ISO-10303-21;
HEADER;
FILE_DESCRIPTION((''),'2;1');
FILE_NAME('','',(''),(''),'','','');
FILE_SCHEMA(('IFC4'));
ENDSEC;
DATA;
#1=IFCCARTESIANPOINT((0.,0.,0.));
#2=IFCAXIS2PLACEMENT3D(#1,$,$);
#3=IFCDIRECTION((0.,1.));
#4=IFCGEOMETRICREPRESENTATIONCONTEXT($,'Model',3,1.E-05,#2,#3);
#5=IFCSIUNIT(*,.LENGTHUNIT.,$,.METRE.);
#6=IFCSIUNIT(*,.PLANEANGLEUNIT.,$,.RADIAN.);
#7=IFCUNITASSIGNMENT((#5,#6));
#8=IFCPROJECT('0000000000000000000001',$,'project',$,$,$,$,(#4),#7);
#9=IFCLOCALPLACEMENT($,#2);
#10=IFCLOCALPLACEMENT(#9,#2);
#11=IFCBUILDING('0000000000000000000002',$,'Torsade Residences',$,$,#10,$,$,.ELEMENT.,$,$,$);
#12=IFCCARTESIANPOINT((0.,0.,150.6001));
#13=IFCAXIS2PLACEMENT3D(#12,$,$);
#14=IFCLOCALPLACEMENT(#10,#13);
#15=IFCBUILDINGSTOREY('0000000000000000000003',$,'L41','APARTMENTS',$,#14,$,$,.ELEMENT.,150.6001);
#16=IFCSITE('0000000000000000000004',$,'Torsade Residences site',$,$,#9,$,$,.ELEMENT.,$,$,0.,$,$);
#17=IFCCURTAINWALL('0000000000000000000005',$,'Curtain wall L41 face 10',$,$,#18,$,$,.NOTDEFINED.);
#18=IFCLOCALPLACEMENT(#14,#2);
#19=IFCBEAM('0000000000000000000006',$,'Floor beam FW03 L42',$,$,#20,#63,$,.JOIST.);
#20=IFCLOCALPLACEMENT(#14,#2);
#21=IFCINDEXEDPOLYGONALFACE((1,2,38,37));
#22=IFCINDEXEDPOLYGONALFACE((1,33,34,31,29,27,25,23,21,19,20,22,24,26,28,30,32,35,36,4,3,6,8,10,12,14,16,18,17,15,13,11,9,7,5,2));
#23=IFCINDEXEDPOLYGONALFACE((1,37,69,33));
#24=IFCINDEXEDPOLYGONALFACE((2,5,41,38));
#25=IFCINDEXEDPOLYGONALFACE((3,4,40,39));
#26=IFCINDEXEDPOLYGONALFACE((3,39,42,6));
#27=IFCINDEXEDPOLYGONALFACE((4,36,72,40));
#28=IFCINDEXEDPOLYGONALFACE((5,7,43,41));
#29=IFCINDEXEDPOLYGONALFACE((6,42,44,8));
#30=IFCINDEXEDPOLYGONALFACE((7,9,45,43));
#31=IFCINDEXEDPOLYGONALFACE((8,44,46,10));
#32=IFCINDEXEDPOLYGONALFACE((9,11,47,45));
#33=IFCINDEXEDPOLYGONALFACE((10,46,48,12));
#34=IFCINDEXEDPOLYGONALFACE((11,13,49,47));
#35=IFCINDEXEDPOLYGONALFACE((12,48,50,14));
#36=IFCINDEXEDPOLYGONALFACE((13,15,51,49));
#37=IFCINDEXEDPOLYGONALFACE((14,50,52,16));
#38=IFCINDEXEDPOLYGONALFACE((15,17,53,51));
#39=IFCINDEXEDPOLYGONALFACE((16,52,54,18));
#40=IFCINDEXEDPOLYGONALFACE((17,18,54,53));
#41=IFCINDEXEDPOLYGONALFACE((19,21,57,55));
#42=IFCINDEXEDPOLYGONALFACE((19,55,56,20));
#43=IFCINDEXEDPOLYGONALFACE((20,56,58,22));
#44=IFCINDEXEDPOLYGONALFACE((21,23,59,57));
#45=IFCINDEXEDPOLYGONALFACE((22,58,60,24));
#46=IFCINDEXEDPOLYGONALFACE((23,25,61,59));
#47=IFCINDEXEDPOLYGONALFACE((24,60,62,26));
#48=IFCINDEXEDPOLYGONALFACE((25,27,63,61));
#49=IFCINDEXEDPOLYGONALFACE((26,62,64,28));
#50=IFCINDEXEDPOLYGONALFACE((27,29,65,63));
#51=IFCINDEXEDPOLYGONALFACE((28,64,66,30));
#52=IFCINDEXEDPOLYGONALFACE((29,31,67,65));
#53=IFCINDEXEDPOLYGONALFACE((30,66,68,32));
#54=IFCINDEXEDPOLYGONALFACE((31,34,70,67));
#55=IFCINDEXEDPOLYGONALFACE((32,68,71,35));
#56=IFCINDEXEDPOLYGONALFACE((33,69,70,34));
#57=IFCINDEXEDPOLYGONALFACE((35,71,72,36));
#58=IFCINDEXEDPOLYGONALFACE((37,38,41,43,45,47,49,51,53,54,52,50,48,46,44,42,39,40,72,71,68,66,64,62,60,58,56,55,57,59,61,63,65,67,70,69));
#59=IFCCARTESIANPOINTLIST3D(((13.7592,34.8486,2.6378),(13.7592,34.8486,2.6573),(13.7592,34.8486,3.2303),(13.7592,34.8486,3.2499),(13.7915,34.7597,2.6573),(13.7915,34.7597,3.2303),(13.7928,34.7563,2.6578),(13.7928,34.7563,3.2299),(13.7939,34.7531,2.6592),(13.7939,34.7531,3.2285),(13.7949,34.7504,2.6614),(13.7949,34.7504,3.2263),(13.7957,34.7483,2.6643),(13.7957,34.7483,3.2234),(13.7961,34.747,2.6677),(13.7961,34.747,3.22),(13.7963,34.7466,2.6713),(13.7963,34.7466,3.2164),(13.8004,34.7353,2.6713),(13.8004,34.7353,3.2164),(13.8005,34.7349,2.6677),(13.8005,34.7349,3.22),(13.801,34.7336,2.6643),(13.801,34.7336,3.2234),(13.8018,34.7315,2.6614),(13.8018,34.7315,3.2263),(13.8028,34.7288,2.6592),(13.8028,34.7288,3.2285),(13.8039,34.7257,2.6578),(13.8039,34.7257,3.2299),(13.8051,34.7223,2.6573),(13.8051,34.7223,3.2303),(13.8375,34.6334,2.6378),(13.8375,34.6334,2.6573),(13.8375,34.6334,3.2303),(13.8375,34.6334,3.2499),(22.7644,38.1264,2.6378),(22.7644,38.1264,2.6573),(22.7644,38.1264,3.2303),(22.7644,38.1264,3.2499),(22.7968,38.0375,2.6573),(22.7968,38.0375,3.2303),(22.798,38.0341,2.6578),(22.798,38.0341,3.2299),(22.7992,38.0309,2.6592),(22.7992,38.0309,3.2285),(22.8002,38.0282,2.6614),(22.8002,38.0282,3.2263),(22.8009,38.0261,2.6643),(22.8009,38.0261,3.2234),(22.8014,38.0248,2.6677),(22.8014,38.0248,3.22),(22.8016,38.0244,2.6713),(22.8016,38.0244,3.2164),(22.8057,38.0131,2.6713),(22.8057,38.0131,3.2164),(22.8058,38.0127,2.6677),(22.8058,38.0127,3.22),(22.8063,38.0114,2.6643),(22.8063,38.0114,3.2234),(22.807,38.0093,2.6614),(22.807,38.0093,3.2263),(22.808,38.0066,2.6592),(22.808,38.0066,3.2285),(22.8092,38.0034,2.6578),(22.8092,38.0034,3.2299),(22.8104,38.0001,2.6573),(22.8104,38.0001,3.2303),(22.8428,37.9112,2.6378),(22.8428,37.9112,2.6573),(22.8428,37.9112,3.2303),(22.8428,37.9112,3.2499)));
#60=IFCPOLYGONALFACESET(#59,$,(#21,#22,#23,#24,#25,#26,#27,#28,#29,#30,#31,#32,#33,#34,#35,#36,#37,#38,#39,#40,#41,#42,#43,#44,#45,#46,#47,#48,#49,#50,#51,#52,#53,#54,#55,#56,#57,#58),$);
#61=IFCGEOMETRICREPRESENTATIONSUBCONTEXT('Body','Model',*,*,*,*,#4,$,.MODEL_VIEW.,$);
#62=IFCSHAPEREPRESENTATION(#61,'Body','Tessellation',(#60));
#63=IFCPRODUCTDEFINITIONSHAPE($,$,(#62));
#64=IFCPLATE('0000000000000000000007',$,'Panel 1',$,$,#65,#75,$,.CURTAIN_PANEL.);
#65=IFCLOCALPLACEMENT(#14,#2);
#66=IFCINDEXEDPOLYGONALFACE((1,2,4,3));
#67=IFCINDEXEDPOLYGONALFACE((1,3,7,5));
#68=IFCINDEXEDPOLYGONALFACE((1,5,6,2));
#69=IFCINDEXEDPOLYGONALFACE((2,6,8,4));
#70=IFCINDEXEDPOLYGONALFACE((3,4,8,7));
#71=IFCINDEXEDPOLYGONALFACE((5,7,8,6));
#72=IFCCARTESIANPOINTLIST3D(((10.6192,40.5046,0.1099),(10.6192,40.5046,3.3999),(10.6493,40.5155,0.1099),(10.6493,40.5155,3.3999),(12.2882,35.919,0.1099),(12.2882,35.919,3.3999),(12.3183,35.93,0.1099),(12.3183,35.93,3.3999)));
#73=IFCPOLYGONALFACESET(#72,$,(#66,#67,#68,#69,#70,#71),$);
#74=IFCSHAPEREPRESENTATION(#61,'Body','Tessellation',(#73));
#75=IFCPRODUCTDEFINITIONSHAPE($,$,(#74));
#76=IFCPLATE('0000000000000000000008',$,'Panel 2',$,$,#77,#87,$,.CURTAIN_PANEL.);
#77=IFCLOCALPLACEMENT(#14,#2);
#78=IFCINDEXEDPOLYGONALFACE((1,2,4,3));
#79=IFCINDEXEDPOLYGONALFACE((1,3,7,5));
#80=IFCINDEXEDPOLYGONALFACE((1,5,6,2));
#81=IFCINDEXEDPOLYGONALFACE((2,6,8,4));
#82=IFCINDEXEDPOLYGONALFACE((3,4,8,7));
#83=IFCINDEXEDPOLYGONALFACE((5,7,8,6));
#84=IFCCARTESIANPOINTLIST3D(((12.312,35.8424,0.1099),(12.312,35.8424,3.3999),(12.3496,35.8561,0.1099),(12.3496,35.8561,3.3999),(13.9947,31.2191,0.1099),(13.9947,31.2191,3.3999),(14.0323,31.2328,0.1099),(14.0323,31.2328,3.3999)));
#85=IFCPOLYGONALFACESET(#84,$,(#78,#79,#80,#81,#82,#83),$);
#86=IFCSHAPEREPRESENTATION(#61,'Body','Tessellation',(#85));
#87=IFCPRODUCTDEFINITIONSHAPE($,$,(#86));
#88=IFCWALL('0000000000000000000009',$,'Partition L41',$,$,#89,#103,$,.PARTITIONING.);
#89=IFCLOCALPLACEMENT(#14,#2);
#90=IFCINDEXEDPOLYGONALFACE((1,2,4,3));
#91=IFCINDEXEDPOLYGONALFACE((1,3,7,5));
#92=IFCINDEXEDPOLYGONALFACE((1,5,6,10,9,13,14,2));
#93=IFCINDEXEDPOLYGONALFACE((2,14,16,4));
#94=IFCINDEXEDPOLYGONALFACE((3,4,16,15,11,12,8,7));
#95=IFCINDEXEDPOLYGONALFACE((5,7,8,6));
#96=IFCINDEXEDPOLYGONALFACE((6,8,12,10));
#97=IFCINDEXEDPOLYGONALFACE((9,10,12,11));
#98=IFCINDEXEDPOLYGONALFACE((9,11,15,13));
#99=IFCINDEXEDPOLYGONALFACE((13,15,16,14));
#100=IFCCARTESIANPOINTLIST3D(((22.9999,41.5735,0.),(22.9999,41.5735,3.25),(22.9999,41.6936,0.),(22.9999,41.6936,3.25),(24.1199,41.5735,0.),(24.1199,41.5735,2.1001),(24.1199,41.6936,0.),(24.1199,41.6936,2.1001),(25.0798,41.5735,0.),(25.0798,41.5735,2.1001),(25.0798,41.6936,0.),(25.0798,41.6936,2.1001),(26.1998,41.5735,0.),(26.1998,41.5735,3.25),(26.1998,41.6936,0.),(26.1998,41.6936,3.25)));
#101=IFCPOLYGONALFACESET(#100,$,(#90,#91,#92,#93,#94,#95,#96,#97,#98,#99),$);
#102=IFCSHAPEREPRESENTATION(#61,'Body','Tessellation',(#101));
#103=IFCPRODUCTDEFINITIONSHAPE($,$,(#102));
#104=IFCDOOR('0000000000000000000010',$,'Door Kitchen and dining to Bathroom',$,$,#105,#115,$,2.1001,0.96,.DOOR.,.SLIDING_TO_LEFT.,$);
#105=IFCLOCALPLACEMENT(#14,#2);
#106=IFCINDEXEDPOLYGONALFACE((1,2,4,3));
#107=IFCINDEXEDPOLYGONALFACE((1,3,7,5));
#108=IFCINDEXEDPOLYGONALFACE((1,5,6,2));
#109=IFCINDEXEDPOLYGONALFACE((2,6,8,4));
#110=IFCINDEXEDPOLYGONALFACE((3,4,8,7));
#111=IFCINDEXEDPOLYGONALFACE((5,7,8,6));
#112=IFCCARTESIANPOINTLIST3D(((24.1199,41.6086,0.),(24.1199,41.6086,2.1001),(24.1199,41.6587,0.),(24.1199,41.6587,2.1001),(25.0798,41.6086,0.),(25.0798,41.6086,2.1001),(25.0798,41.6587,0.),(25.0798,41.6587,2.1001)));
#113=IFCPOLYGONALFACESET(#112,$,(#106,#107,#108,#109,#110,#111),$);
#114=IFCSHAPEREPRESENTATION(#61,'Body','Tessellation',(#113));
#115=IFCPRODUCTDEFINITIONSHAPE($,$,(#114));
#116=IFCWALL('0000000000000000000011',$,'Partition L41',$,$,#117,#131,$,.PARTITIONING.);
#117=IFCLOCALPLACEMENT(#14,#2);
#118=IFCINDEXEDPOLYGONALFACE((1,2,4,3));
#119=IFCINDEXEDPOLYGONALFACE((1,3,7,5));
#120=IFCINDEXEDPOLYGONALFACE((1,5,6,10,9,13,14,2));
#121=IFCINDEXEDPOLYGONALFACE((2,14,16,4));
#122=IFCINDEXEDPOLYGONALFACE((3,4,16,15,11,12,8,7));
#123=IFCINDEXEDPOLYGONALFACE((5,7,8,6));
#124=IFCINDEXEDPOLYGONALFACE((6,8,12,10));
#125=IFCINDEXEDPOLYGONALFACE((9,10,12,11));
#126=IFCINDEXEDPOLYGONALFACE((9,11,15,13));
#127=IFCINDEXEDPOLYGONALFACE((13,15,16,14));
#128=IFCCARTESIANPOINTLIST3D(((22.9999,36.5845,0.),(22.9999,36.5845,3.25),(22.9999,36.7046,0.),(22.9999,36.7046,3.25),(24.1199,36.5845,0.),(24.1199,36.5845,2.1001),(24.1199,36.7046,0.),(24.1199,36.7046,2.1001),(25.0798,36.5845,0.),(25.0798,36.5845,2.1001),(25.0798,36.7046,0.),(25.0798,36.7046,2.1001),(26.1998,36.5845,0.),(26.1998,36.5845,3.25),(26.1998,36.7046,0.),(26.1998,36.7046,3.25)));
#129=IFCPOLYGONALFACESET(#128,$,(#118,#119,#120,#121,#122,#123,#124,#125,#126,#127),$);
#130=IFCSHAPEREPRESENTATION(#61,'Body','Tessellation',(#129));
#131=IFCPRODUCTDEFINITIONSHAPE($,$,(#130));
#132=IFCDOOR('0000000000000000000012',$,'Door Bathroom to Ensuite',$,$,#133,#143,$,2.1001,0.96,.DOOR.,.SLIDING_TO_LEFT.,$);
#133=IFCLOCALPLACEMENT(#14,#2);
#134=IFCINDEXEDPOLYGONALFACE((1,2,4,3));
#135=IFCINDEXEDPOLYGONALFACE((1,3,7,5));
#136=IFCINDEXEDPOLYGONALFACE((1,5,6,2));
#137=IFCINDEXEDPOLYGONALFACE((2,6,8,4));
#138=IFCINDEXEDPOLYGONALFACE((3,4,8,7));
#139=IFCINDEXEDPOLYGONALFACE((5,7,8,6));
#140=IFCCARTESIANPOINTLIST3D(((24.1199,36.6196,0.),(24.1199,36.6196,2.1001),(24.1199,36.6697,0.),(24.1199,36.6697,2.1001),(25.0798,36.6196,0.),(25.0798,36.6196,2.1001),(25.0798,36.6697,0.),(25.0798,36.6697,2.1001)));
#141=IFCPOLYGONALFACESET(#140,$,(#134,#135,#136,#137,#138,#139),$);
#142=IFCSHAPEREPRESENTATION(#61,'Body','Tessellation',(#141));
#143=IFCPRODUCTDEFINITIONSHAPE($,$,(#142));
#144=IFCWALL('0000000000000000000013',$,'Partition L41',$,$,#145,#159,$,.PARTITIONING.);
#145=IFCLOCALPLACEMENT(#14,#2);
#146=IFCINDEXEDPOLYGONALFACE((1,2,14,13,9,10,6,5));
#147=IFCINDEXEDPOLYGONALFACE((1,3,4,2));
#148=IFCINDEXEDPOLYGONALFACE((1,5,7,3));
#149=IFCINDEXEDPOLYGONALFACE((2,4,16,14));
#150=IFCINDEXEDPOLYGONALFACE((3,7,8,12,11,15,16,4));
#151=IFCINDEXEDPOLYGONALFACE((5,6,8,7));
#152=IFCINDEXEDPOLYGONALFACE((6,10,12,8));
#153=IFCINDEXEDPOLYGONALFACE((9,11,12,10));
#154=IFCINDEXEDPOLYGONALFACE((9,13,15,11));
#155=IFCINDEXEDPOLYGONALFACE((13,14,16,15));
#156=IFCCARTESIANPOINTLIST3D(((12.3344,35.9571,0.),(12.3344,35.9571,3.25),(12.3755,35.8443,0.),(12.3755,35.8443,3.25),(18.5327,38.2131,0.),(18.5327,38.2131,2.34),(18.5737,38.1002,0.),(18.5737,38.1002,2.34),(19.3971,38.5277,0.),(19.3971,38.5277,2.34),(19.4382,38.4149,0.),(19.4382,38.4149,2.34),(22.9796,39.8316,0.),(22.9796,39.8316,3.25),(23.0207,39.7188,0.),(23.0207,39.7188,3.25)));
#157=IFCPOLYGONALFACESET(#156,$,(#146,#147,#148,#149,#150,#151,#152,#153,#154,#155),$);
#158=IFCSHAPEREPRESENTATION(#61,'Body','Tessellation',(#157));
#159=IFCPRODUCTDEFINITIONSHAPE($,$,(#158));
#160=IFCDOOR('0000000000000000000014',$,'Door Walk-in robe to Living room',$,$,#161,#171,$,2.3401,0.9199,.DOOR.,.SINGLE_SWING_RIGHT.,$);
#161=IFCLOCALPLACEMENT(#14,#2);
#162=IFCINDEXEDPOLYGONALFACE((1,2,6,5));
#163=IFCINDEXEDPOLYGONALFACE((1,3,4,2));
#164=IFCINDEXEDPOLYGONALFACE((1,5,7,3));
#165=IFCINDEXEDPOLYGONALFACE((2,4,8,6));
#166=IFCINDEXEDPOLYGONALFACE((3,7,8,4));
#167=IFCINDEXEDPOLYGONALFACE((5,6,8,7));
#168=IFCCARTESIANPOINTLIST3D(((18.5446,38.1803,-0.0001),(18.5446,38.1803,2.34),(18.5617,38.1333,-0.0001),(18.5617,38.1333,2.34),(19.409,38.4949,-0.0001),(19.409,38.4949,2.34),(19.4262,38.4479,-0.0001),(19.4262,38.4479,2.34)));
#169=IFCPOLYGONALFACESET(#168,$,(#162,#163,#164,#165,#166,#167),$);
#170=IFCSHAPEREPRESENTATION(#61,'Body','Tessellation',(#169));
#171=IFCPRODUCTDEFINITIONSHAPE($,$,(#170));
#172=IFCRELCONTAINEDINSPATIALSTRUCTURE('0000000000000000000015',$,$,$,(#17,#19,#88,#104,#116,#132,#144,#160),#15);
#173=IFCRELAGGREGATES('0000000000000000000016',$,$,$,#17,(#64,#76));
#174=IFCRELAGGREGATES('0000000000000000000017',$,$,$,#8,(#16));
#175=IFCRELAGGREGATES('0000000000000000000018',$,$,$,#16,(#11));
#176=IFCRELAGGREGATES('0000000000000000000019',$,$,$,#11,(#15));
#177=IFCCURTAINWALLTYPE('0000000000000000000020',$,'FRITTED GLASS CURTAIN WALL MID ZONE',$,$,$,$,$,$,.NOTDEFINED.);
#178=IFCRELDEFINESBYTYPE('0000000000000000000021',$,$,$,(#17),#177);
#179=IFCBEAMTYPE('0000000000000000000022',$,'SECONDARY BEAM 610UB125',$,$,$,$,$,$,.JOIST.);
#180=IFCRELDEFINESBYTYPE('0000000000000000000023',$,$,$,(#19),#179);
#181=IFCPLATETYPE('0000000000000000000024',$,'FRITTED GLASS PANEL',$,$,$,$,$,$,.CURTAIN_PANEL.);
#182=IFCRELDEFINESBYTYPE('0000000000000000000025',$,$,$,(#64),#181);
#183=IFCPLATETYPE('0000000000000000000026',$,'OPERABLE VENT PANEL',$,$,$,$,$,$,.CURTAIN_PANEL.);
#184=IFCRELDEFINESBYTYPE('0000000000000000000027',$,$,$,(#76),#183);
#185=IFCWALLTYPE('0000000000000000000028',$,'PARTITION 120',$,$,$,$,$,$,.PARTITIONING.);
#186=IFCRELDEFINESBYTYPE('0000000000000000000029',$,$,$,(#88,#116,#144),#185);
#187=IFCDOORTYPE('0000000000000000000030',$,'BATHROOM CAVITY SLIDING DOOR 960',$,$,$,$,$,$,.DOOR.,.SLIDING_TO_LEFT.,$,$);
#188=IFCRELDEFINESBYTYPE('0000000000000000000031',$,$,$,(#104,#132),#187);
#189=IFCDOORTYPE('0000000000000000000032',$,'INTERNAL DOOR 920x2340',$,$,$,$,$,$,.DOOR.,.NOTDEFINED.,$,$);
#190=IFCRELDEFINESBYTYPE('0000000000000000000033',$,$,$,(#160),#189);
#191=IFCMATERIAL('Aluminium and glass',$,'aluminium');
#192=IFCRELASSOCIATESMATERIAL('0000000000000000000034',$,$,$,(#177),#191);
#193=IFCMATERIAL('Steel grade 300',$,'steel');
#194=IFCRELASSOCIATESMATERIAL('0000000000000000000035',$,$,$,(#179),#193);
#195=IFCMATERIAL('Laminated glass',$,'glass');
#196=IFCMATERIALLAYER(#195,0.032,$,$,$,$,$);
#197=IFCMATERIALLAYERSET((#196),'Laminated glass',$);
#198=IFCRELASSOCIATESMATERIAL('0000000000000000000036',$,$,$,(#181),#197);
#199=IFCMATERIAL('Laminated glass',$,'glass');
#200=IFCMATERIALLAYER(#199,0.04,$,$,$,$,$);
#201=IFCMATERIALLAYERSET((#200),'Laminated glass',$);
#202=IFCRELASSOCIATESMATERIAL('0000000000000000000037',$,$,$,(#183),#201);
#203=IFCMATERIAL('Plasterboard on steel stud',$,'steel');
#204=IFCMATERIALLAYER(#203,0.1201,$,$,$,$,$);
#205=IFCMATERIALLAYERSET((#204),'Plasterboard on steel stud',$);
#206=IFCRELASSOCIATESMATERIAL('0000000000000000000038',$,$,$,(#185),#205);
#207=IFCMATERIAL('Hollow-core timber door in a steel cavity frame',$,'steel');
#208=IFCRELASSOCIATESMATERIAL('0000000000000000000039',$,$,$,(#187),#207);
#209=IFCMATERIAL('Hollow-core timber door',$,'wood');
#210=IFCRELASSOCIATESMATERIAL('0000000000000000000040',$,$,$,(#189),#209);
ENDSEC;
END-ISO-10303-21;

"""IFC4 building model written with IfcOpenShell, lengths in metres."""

from ifc_helpers import new_model, si_unit, direction, frame, frame_2d, origin, origin_2d, place, context, subcontext, project, spatial, rectangle, i_section, extrude, material, layer, layer_set, material_profile, profile_set, type_object, element, fill, aggregate, save


model = new_model("IFC4")

# Units and contexts
model_context = context("Model", 3, precision=1e-05, world=origin(), true_north=direction((0.0, 1.0)))
body_context = subcontext(model_context, "Body", "Model", "MODEL_VIEW")
ifc_project = project(units=[si_unit("LENGTHUNIT", "METRE"), si_unit("PLANEANGLEUNIT", "RADIAN")], contexts=[model_context])

# Site, building, storey
site_placement = place(None, origin())
site = spatial("IfcSite", under=ifc_project, at=site_placement, Name="Torsade Residences site", CompositionType="ELEMENT", RefElevation=0.0)
building_placement = place(site_placement, origin())
building = spatial("IfcBuilding", under=site, at=building_placement, Name="Torsade Residences", CompositionType="ELEMENT")
storey_placement = place(building_placement, frame((0.0, 0.0, 150.6001)))
storey = spatial("IfcBuildingStorey", under=building, at=storey_placement, Name="L41", Description="APARTMENTS", CompositionType="ELEMENT", Elevation=150.6001)

# Curtain wall
ifc_material_1 = material(Name="Aluminium and glass", Category="aluminium")
curtain_wall_type = type_object("IfcCurtainWallType", Name="FRITTED GLASS CURTAIN WALL MID ZONE", PredefinedType="NOTDEFINED", material=ifc_material_1)
curtain_wall_placement = place(storey_placement, origin())
curtain_wall = element("IfcCurtainWall", 1, at=curtain_wall_placement, inside=storey, type_object=curtain_wall_type, Name="Curtain wall L41 face 10", PredefinedType="NOTDEFINED")

# Beam
ifc_material_2 = material(Name="Steel grade 300", Category="steel")
ifc_material_profile_1 = material_profile(ifc_material_2, i_section(OverallWidth=0.229, OverallDepth=0.6121, WebThickness=0.012, FlangeThickness=0.0195, FilletRadius=0.0139, at=origin_2d()), Name="610UB125")
ifc_profile_set_1 = profile_set([ifc_material_profile_1], Name="Steel grade 300")
beam_type_1 = type_object("IfcBeamType", Name="SECONDARY BEAM 610UB125", PredefinedType="JOIST", material=ifc_profile_set_1)
beam_1_placement = place(storey_placement, frame((13.7983, 34.741, 2.9438), z_axis=(0.939688, 0.342034, 0.0), x_axis=(-0.342034, 0.939688, 0.0)))
element("IfcBeam", 2, at=beam_1_placement, inside=storey, type_object=beam_type_1, Name="Floor beam FW03 L42", PredefinedType="JOIST", context=body_context, shape_type="SweptSolid", body=[
    extrude(i_section(OverallWidth=0.229, OverallDepth=0.6121, WebThickness=0.012, FlangeThickness=0.0195, FilletRadius=0.0139, at=origin_2d()), origin(), (0.0, 0.0, 1.0), 9.5833),
])

# Plates
ifc_material_3 = material(Name="Laminated glass", Category="glass")
ifc_layer_1 = layer(ifc_material_3, 0.032)
ifc_layer_set_1 = layer_set([ifc_layer_1], Name="Laminated glass")
plate_type_1 = type_object("IfcPlateType", Name="FRITTED GLASS PANEL", PredefinedType="CURTAIN_PANEL", material=ifc_layer_set_1)
plate_1_placement = place(storey_placement, frame((11.4688, 38.2173, 0.1099), z_axis=(0.0, 0.0, 1.0), x_axis=(0.34202, -0.939693, 0.0)))
plate_1 = element("IfcPlate", 3, at=plate_1_placement, type_object=plate_type_1, Name="Panel 1", PredefinedType="CURTAIN_PANEL", context=body_context, shape_type="SweptSolid", body=[
    extrude(rectangle(XDim=4.8799, YDim=0.032, at=origin_2d()), origin(), (0.0, 0.0, 1.0), 3.29),
])
ifc_material_4 = material(Name="Laminated glass", Category="glass")
ifc_layer_2 = layer(ifc_material_4, 0.04)
ifc_layer_set_2 = layer_set([ifc_layer_2], Name="Laminated glass")
plate_type_2 = type_object("IfcPlateType", Name="OPERABLE VENT PANEL", PredefinedType="CURTAIN_PANEL", material=ifc_layer_set_2)
plate_2_placement = place(storey_placement, frame((13.1721, 33.5376, 0.1099), z_axis=(0.0, 0.0, 1.0), x_axis=(0.34202, -0.939693, 0.0)))
plate_2 = element("IfcPlate", 4, at=plate_2_placement, type_object=plate_type_2, Name="Panel 2", PredefinedType="CURTAIN_PANEL", context=body_context, shape_type="SweptSolid", body=[
    extrude(rectangle(XDim=4.9199, YDim=0.04, at=origin_2d()), origin(), (0.0, 0.0, 1.0), 3.29),
])
aggregate(curtain_wall, [plate_1, plate_2])

# Walls, openings, doors
ifc_material_5 = material(Name="Plasterboard on steel stud", Category="steel")
ifc_layer_3 = layer(ifc_material_5, 0.1201)
ifc_layer_set_3 = layer_set([ifc_layer_3], Name="Plasterboard on steel stud")
wall_type_1 = type_object("IfcWallType", Name="PARTITION 120", PredefinedType="PARTITIONING", material=ifc_layer_set_3)
wall_1_placement = place(storey_placement, frame((26.2, 41.6335, 0.0), z_axis=(0.0, 0.0, 1.0), x_axis=(-1.0, 0.0, 0.0)))
wall_1 = element("IfcWall", 5, at=wall_1_placement, inside=storey, type_object=wall_type_1, Name="Partition L41", PredefinedType="PARTITIONING", context=body_context, shape_type="SweptSolid", body=[
    extrude(rectangle(XDim=3.2, YDim=0.1201, at=frame_2d((1.6001, 0.0))), origin(), (0.0, 0.0, 1.0), 3.25),
])
opening_1_placement = place(wall_1_placement, frame((1.1201, 0.0, 0.0)))
opening_1 = element("IfcOpeningElement", 6, at=opening_1_placement, cuts=wall_1, PredefinedType="OPENING", context=body_context, shape_type="SweptSolid", body=[
    extrude(rectangle(XDim=0.96, YDim=2.1001, at=frame_2d((0.48, 1.05))), frame((0.0, 0.0701, 0.0), z_axis=(0.0, -1.0, 0.0), x_axis=(1.0, 0.0, 0.0)), (0.0, 0.0, 1.0), 0.1401),
])
ifc_material_6 = material(Name="Hollow-core timber door in a steel cavity frame", Category="steel")
door_type_1 = type_object("IfcDoorType", Name="BATHROOM CAVITY SLIDING DOOR 960", OperationType="SLIDING_TO_LEFT", PredefinedType="DOOR", material=ifc_material_6)
door_1_placement = place(opening_1_placement, origin())
door_1 = element("IfcDoor", 7, at=door_1_placement, inside=storey, type_object=door_type_1, Name="Door Kitchen and dining to Bathroom", OperationType="SLIDING_TO_LEFT", OverallHeight=2.1001, OverallWidth=0.96, PredefinedType="DOOR", context=body_context, shape_type="SweptSolid", body=[
    extrude(rectangle(XDim=0.96, YDim=2.1001, at=frame_2d((0.48, 1.05))), frame((0.0, 0.0249, 0.0), z_axis=(0.0, -1.0, 0.0), x_axis=(1.0, 0.0, 0.0)), (0.0, 0.0, 1.0), 0.05),
])
fill(opening_1, door_1)
wall_2_placement = place(storey_placement, frame((26.2, 36.6445, 0.0), z_axis=(0.0, 0.0, 1.0), x_axis=(-1.0, 0.0, 0.0)))
wall_2 = element("IfcWall", 8, at=wall_2_placement, inside=storey, type_object=wall_type_1, Name="Partition L41", PredefinedType="PARTITIONING", context=body_context, shape_type="SweptSolid", body=[
    extrude(rectangle(XDim=3.2, YDim=0.1201, at=frame_2d((1.6001, 0.0))), origin(), (0.0, 0.0, 1.0), 3.25),
])
opening_2_placement = place(wall_2_placement, frame((1.1201, 0.0, 0.0)))
opening_2 = element("IfcOpeningElement", 9, at=opening_2_placement, cuts=wall_2, PredefinedType="OPENING", context=body_context, shape_type="SweptSolid", body=[
    extrude(rectangle(XDim=0.96, YDim=2.1001, at=frame_2d((0.48, 1.05))), frame((0.0, 0.0701, 0.0), z_axis=(0.0, -1.0, 0.0), x_axis=(1.0, 0.0, 0.0)), (0.0, 0.0, 1.0), 0.1401),
])
door_2_placement = place(opening_2_placement, origin())
door_2 = element("IfcDoor", 10, at=door_2_placement, inside=storey, type_object=door_type_1, Name="Door Bathroom to Ensuite", OperationType="SLIDING_TO_LEFT", OverallHeight=2.1001, OverallWidth=0.96, PredefinedType="DOOR", context=body_context, shape_type="SweptSolid", body=[
    extrude(rectangle(XDim=0.96, YDim=2.1001, at=frame_2d((0.48, 1.05))), frame((0.0, 0.0249, 0.0), z_axis=(0.0, -1.0, 0.0), x_axis=(1.0, 0.0, 0.0)), (0.0, 0.0, 1.0), 0.05),
])
fill(opening_2, door_2)
wall_3_placement = place(storey_placement, frame((23.0, 39.7751, 0.0), z_axis=(0.0, 0.0, 1.0), x_axis=(-0.939694, -0.342016, 0.0)))
wall_3 = element("IfcWall", 11, at=wall_3_placement, inside=storey, type_object=wall_type_1, Name="Partition L41", PredefinedType="PARTITIONING", context=body_context, shape_type="SweptSolid", body=[
    extrude(rectangle(XDim=11.3284, YDim=0.1201, at=frame_2d((5.6641, 0.0))), origin(), (0.0, 0.0, 1.0), 3.25),
])
opening_3_placement = place(wall_3_placement, frame((3.8123, 0.0, 0.0)))
opening_3 = element("IfcOpeningElement", 12, at=opening_3_placement, cuts=wall_3, PredefinedType="OPENING", context=body_context, shape_type="SweptSolid", body=[
    extrude(rectangle(XDim=0.9199, YDim=2.3401, at=frame_2d((0.46, 1.1699))), frame((0.0, 0.0701, 0.0), z_axis=(0.0, -1.0, 0.0), x_axis=(1.0, 0.0, 0.0)), (0.0, 0.0, 1.0), 0.1401),
])
ifc_material_7 = material(Name="Hollow-core timber door", Category="wood")
door_type_2 = type_object("IfcDoorType", Name="INTERNAL DOOR 920x2340", OperationType="NOTDEFINED", PredefinedType="DOOR", material=ifc_material_7)
door_3_placement = place(opening_3_placement, origin())
door_3 = element("IfcDoor", 13, at=door_3_placement, inside=storey, type_object=door_type_2, Name="Door Walk-in robe to Living room", OperationType="SINGLE_SWING_RIGHT", OverallHeight=2.3401, OverallWidth=0.9199, PredefinedType="DOOR", context=body_context, shape_type="SweptSolid", body=[
    extrude(rectangle(XDim=0.9199, YDim=2.3401, at=frame_2d((0.46, 1.1699))), frame((0.0, 0.0249, 0.0), z_axis=(0.0, -1.0, 0.0), x_axis=(1.0, 0.0, 0.0)), (0.0, 0.0, 1.0), 0.05),
])
fill(opening_3, door_3)

save(model, "model.ifc")
